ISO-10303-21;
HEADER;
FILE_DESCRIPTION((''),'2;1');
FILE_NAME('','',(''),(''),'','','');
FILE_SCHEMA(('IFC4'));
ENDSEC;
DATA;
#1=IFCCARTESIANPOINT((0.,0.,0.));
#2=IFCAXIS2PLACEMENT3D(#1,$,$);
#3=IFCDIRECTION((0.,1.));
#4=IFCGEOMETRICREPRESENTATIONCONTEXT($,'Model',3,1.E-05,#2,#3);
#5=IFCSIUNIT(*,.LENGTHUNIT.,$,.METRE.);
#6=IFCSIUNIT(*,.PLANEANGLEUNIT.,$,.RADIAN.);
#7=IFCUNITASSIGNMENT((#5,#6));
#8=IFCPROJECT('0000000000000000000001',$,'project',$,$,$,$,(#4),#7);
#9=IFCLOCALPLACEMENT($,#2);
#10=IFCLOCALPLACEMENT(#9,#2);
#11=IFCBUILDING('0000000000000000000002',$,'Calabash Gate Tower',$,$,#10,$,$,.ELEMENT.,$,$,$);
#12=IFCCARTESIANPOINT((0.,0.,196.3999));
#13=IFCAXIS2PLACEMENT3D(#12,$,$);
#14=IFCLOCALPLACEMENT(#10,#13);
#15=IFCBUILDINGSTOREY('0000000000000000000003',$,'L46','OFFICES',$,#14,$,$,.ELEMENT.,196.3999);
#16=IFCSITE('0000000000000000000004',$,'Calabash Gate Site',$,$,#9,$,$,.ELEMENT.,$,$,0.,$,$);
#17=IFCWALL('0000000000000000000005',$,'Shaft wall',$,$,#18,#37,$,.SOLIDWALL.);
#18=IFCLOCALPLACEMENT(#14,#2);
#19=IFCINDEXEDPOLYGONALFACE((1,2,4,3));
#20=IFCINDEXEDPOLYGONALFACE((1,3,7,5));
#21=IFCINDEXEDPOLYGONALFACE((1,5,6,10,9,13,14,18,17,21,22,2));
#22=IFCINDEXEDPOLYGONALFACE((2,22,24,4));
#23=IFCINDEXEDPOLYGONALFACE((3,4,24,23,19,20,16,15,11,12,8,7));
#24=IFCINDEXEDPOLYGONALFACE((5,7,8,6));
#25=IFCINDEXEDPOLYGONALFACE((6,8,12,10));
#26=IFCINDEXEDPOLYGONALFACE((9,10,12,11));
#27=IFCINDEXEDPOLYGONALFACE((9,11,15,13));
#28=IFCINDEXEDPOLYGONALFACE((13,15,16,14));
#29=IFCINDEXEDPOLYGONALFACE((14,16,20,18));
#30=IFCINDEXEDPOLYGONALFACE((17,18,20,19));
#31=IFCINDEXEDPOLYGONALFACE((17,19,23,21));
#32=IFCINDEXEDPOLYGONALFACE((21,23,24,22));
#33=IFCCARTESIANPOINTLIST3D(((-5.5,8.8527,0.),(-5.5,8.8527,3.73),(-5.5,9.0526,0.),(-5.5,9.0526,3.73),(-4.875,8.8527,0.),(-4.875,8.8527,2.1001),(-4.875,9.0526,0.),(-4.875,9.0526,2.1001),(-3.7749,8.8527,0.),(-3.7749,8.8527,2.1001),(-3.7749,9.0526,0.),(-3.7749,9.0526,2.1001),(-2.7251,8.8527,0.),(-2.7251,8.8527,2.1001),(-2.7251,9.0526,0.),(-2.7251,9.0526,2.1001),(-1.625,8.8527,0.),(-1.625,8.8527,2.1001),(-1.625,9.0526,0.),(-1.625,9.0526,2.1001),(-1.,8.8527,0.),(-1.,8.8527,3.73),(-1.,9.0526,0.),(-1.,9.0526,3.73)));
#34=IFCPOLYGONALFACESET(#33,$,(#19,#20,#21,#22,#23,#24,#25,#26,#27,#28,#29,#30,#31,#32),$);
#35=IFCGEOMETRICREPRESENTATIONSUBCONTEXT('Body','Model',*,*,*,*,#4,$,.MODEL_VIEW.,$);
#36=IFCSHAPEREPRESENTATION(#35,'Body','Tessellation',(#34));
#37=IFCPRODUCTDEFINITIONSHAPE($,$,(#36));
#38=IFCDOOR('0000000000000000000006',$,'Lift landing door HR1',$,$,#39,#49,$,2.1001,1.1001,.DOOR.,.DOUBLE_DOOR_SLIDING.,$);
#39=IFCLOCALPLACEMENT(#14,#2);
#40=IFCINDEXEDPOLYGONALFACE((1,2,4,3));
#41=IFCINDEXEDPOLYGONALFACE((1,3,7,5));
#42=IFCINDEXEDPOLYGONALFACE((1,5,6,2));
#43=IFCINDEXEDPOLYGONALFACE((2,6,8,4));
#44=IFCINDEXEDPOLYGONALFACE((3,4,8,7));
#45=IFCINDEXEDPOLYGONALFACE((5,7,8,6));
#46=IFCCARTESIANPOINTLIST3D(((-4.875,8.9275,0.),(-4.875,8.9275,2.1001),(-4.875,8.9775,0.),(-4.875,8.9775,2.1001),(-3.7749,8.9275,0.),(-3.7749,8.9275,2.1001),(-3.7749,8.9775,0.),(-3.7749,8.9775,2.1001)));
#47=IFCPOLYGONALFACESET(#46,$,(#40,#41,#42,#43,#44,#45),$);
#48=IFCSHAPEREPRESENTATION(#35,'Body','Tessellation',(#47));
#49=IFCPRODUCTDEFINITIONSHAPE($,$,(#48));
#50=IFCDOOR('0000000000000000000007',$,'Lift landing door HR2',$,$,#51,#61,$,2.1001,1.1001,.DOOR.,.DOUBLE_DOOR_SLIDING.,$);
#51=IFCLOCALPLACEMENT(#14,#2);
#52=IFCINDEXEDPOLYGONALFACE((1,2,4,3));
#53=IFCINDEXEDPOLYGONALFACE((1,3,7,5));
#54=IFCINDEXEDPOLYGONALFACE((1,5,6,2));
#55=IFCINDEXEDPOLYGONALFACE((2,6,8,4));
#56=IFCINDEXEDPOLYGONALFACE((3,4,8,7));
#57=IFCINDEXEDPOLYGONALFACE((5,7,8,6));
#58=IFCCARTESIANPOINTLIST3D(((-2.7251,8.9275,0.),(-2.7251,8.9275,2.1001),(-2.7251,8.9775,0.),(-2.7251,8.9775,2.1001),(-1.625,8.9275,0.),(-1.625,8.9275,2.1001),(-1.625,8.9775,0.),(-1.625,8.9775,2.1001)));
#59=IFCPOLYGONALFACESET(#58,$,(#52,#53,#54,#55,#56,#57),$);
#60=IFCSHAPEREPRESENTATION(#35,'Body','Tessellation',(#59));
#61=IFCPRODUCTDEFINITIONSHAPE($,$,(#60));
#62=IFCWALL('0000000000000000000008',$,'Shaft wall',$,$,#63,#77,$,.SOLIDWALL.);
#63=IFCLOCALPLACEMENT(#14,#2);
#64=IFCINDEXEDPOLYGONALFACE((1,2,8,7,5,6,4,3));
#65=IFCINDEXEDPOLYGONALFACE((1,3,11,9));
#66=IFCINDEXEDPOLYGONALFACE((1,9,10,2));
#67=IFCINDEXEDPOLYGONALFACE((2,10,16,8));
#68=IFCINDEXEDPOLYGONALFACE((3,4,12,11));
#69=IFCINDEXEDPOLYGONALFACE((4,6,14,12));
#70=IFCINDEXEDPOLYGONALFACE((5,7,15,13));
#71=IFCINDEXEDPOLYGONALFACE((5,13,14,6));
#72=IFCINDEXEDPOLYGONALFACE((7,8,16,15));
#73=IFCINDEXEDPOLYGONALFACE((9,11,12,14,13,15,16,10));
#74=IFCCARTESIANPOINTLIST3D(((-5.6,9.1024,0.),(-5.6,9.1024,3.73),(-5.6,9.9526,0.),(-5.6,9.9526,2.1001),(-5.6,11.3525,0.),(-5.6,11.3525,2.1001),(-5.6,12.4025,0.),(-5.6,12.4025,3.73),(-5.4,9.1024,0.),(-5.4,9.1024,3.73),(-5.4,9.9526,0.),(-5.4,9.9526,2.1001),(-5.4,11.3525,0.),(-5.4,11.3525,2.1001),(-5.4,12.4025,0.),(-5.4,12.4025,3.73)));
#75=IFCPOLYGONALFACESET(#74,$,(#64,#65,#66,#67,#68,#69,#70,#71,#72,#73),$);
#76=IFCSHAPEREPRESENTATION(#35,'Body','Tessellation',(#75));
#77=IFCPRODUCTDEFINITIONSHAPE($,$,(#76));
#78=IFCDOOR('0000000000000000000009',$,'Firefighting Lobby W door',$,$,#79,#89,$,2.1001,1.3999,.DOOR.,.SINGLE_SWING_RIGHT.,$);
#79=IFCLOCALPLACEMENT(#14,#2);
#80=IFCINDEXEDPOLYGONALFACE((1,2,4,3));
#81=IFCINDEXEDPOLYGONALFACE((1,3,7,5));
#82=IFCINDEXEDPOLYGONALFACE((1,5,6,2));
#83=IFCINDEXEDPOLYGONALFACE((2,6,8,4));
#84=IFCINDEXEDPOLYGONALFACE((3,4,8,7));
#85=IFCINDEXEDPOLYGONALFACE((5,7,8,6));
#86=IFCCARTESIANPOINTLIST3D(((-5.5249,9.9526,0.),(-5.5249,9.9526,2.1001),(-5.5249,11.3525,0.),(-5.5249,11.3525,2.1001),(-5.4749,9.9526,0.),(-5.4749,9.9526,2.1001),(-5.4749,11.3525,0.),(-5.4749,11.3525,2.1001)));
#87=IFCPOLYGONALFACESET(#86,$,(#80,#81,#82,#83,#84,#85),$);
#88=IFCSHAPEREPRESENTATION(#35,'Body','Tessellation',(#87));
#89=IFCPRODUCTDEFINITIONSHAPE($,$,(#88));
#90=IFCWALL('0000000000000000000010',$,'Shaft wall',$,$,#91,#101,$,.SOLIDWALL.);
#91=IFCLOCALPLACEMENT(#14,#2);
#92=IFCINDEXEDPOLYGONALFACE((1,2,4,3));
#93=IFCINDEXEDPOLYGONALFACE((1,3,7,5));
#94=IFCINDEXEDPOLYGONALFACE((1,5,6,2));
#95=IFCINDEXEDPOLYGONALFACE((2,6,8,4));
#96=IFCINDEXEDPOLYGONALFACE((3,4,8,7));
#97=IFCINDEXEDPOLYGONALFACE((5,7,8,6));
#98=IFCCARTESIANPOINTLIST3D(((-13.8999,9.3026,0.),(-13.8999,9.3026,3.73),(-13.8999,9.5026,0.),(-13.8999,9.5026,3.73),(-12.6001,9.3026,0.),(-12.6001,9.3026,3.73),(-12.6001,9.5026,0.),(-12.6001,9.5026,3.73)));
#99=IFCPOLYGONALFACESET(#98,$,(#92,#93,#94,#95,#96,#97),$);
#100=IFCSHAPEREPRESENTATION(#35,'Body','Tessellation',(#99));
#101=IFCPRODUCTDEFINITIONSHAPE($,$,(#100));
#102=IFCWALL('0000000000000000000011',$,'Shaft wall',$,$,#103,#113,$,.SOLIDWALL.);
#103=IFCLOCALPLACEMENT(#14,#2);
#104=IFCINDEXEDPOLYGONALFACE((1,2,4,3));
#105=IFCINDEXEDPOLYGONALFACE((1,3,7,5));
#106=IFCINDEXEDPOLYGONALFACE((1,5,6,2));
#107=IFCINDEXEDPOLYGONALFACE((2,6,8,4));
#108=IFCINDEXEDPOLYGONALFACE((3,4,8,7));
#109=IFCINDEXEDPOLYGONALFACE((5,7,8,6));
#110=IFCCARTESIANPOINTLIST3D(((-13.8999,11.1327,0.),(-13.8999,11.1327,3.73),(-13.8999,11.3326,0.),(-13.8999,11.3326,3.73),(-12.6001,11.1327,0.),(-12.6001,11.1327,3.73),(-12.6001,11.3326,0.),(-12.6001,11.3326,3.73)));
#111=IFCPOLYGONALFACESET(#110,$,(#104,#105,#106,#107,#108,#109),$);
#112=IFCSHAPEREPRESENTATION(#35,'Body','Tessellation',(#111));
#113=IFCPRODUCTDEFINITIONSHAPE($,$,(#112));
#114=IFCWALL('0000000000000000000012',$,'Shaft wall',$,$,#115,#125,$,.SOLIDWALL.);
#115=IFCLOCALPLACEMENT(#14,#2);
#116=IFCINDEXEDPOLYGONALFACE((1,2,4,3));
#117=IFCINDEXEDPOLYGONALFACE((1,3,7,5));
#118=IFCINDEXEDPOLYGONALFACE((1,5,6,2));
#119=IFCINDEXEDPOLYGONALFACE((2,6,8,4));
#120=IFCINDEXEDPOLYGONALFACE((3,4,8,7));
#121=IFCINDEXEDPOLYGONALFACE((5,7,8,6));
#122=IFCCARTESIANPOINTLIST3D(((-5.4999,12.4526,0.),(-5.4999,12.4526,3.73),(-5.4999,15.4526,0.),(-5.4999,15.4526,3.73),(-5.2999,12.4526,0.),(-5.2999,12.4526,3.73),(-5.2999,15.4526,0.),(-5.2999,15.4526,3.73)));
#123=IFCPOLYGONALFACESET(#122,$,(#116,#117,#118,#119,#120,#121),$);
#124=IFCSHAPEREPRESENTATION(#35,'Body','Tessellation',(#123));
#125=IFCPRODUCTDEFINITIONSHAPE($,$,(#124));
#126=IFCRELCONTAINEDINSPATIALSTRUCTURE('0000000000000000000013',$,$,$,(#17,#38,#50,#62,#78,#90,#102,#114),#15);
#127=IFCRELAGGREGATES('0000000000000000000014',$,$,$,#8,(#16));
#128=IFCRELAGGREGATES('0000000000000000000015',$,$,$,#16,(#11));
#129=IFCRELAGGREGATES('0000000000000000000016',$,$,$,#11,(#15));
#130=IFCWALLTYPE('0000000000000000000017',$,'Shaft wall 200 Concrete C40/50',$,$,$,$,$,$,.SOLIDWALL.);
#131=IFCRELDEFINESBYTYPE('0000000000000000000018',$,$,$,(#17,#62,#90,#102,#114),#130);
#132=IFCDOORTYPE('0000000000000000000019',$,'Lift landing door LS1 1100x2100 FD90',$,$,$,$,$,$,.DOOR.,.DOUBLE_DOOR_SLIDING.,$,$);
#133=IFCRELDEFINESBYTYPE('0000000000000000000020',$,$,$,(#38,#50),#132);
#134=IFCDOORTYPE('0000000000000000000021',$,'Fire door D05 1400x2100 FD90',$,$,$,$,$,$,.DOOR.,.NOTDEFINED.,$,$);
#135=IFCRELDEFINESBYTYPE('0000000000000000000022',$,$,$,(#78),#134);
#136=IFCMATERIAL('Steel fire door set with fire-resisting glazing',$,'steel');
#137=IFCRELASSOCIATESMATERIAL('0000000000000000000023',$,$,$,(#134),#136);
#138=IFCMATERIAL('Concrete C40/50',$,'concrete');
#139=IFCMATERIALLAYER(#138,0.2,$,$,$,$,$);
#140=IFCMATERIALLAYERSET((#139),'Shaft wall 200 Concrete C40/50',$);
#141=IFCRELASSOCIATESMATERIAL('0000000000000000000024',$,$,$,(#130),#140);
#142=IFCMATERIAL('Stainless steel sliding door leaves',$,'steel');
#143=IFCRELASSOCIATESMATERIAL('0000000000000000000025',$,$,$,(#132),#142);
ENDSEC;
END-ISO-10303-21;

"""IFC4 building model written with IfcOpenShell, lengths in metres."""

from ifc_helpers import new_model, si_unit, direction, frame, frame_2d, origin, place, context, subcontext, project, spatial, rectangle, extrude, material, layer, layer_set, type_object, element, fill, save


model = new_model("IFC4")

# Units and contexts
model_context = context("Model", 3, precision=1e-05, world=origin(), true_north=direction((0.0, 1.0)))
body_context = subcontext(model_context, "Body", "Model", "MODEL_VIEW")
ifc_project = project(units=[si_unit("LENGTHUNIT", "METRE"), si_unit("PLANEANGLEUNIT", "RADIAN")], contexts=[model_context])

# Site, building, storey
site_placement = place(None, origin())
site = spatial("IfcSite", under=ifc_project, at=site_placement, Name="Calabash Gate Site", CompositionType="ELEMENT", RefElevation=0.0)
building_placement = place(site_placement, origin())
building = spatial("IfcBuilding", under=site, at=building_placement, Name="Calabash Gate Tower", CompositionType="ELEMENT")
storey_placement = place(building_placement, frame((0.0, 0.0, 196.3999)))
storey = spatial("IfcBuildingStorey", under=building, at=storey_placement, Name="L46", Description="OFFICES", CompositionType="ELEMENT", Elevation=196.3999)

# Shared definitions
ifc_material_1 = material(Name="Steel fire door set with fire-resisting glazing", Category="steel")
door_type_1 = type_object("IfcDoorType", Name="Fire door D05 1400x2100 FD90", OperationType="NOTDEFINED", PredefinedType="DOOR", material=ifc_material_1)

# Shared definitions
ifc_material_2 = material(Name="Concrete C40/50", Category="concrete")
ifc_layer_1 = layer(ifc_material_2, 0.2)
ifc_layer_set_1 = layer_set([ifc_layer_1], Name="Shaft wall 200 Concrete C40/50")
wall_type_1 = type_object("IfcWallType", Name="Shaft wall 200 Concrete C40/50", PredefinedType="SOLIDWALL", material=ifc_layer_set_1)

# Wall, openings, doors
wall_1_placement = place(storey_placement, frame((-5.5, 8.9526, 0.0), z_axis=(0.0, 0.0, 1.0), x_axis=(1.0, 0.0, 0.0)))
wall_1 = element("IfcWall", 1, at=wall_1_placement, inside=storey, type_object=wall_type_1, Name="Shaft wall", PredefinedType="SOLIDWALL", context=body_context, shape_type="SweptSolid", body=[
    extrude(rectangle(XDim=4.5, YDim=0.2, at=frame_2d((2.25, 0.0))), origin(), (0.0, 0.0, 1.0), 3.73),
])
opening_1_placement = place(wall_1_placement, frame((0.625, 0.0, 0.0)))
opening_1 = element("IfcOpeningElement", 2, at=opening_1_placement, cuts=wall_1, PredefinedType="OPENING", context=body_context, shape_type="SweptSolid", body=[
    extrude(rectangle(XDim=1.1001, YDim=2.1001, at=frame_2d((0.55, 1.05))), frame((0.0, 0.1099, 0.0), z_axis=(0.0, -1.0, 0.0), x_axis=(1.0, 0.0, 0.0)), (0.0, 0.0, 1.0), 0.22),
])
opening_2_placement = place(wall_1_placement, frame((2.7749, 0.0, 0.0)))
opening_2 = element("IfcOpeningElement", 3, at=opening_2_placement, cuts=wall_1, PredefinedType="OPENING", context=body_context, shape_type="SweptSolid", body=[
    extrude(rectangle(XDim=1.1001, YDim=2.1001, at=frame_2d((0.55, 1.05))), frame((0.0, 0.1099, 0.0), z_axis=(0.0, -1.0, 0.0), x_axis=(1.0, 0.0, 0.0)), (0.0, 0.0, 1.0), 0.22),
])
ifc_material_3 = material(Name="Stainless steel sliding door leaves", Category="steel")
door_type_2 = type_object("IfcDoorType", Name="Lift landing door LS1 1100x2100 FD90", OperationType="DOUBLE_DOOR_SLIDING", PredefinedType="DOOR", material=ifc_material_3)
door_1_placement = place(opening_1_placement, origin())
door_1 = element("IfcDoor", 4, at=door_1_placement, inside=storey, type_object=door_type_2, Name="Lift landing door HR1", OperationType="DOUBLE_DOOR_SLIDING", OverallHeight=2.1001, OverallWidth=1.1001, PredefinedType="DOOR", context=body_context, shape_type="SweptSolid", body=[
    extrude(rectangle(XDim=1.1001, YDim=2.1001, at=frame_2d((0.55, 1.05))), frame((0.0, 0.0249, 0.0), z_axis=(0.0, -1.0, 0.0), x_axis=(1.0, 0.0, 0.0)), (0.0, 0.0, 1.0), 0.05),
])
fill(opening_1, door_1)
door_2_placement = place(opening_2_placement, origin())
door_2 = element("IfcDoor", 5, at=door_2_placement, inside=storey, type_object=door_type_2, Name="Lift landing door HR2", OperationType="DOUBLE_DOOR_SLIDING", OverallHeight=2.1001, OverallWidth=1.1001, PredefinedType="DOOR", context=body_context, shape_type="SweptSolid", body=[
    extrude(rectangle(XDim=1.1001, YDim=2.1001, at=frame_2d((0.55, 1.05))), frame((0.0, 0.0249, 0.0), z_axis=(0.0, -1.0, 0.0), x_axis=(1.0, 0.0, 0.0)), (0.0, 0.0, 1.0), 0.05),
])
fill(opening_2, door_2)

# Wall, opening, door
wall_2_placement = place(storey_placement, frame((-5.5, 9.1025, 0.0), z_axis=(0.0, 0.0, 1.0), x_axis=(0.0, 1.0, 0.0)))
wall_2 = element("IfcWall", 6, at=wall_2_placement, inside=storey, type_object=wall_type_1, Name="Shaft wall", PredefinedType="SOLIDWALL", context=body_context, shape_type="SweptSolid", body=[
    extrude(rectangle(XDim=3.3, YDim=0.2, at=frame_2d((1.6499, 0.0))), origin(), (0.0, 0.0, 1.0), 3.73),
])
opening_3_placement = place(wall_2_placement, frame((0.8501, 0.0, 0.0)))
opening_3 = element("IfcOpeningElement", 7, at=opening_3_placement, cuts=wall_2, PredefinedType="OPENING", context=body_context, shape_type="SweptSolid", body=[
    extrude(rectangle(XDim=1.3999, YDim=2.1001, at=frame_2d((0.7, 1.05))), frame((0.0, 0.1099, 0.0), z_axis=(0.0, -1.0, 0.0), x_axis=(1.0, 0.0, 0.0)), (0.0, 0.0, 1.0), 0.22),
])
door_3_placement = place(opening_3_placement, origin())
door_3 = element("IfcDoor", 8, at=door_3_placement, inside=storey, type_object=door_type_1, Name="Firefighting Lobby W door", OperationType="SINGLE_SWING_RIGHT", OverallHeight=2.1001, OverallWidth=1.3999, PredefinedType="DOOR", context=body_context, shape_type="SweptSolid", body=[
    extrude(rectangle(XDim=1.3999, YDim=2.1001, at=frame_2d((0.7, 1.05))), frame((0.0, 0.0249, 0.0), z_axis=(0.0, -1.0, 0.0), x_axis=(1.0, 0.0, 0.0)), (0.0, 0.0, 1.0), 0.05),
])
fill(opening_3, door_3)

# Walls
for number, where, z_axis, x_axis, name in (
    (9, (-13.8999, 9.4026, 0.0), (0.0, 0.0, 1.0), (1.0, 0.0, 0.0), "Shaft wall"),
    (10, (-13.8999, 11.2327, 0.0), (0.0, 0.0, 1.0), (1.0, 0.0, 0.0), "Shaft wall"),
):
    element("IfcWall", number, at=place(storey_placement, frame(where, z_axis=z_axis, x_axis=x_axis)), inside=storey, type_object=wall_type_1, Name=name, PredefinedType="SOLIDWALL", context=body_context, shape_type="SweptSolid", body=[
        extrude(rectangle(XDim=1.2998, YDim=0.2, at=frame_2d((0.6499, 0.0))), origin(), (0.0, 0.0, 1.0), 3.73),
    ])
wall_3_placement = place(storey_placement, frame((-5.3999, 12.4526, 0.0), z_axis=(0.0, 0.0, 1.0), x_axis=(0.0, 1.0, 0.0)))
element("IfcWall", 11, at=wall_3_placement, inside=storey, type_object=wall_type_1, Name="Shaft wall", PredefinedType="SOLIDWALL", context=body_context, shape_type="SweptSolid", body=[
    extrude(rectangle(XDim=3.0, YDim=0.2, at=frame_2d((1.5, 0.0))), origin(), (0.0, 0.0, 1.0), 3.73),
])

save(model, "model.ifc")
